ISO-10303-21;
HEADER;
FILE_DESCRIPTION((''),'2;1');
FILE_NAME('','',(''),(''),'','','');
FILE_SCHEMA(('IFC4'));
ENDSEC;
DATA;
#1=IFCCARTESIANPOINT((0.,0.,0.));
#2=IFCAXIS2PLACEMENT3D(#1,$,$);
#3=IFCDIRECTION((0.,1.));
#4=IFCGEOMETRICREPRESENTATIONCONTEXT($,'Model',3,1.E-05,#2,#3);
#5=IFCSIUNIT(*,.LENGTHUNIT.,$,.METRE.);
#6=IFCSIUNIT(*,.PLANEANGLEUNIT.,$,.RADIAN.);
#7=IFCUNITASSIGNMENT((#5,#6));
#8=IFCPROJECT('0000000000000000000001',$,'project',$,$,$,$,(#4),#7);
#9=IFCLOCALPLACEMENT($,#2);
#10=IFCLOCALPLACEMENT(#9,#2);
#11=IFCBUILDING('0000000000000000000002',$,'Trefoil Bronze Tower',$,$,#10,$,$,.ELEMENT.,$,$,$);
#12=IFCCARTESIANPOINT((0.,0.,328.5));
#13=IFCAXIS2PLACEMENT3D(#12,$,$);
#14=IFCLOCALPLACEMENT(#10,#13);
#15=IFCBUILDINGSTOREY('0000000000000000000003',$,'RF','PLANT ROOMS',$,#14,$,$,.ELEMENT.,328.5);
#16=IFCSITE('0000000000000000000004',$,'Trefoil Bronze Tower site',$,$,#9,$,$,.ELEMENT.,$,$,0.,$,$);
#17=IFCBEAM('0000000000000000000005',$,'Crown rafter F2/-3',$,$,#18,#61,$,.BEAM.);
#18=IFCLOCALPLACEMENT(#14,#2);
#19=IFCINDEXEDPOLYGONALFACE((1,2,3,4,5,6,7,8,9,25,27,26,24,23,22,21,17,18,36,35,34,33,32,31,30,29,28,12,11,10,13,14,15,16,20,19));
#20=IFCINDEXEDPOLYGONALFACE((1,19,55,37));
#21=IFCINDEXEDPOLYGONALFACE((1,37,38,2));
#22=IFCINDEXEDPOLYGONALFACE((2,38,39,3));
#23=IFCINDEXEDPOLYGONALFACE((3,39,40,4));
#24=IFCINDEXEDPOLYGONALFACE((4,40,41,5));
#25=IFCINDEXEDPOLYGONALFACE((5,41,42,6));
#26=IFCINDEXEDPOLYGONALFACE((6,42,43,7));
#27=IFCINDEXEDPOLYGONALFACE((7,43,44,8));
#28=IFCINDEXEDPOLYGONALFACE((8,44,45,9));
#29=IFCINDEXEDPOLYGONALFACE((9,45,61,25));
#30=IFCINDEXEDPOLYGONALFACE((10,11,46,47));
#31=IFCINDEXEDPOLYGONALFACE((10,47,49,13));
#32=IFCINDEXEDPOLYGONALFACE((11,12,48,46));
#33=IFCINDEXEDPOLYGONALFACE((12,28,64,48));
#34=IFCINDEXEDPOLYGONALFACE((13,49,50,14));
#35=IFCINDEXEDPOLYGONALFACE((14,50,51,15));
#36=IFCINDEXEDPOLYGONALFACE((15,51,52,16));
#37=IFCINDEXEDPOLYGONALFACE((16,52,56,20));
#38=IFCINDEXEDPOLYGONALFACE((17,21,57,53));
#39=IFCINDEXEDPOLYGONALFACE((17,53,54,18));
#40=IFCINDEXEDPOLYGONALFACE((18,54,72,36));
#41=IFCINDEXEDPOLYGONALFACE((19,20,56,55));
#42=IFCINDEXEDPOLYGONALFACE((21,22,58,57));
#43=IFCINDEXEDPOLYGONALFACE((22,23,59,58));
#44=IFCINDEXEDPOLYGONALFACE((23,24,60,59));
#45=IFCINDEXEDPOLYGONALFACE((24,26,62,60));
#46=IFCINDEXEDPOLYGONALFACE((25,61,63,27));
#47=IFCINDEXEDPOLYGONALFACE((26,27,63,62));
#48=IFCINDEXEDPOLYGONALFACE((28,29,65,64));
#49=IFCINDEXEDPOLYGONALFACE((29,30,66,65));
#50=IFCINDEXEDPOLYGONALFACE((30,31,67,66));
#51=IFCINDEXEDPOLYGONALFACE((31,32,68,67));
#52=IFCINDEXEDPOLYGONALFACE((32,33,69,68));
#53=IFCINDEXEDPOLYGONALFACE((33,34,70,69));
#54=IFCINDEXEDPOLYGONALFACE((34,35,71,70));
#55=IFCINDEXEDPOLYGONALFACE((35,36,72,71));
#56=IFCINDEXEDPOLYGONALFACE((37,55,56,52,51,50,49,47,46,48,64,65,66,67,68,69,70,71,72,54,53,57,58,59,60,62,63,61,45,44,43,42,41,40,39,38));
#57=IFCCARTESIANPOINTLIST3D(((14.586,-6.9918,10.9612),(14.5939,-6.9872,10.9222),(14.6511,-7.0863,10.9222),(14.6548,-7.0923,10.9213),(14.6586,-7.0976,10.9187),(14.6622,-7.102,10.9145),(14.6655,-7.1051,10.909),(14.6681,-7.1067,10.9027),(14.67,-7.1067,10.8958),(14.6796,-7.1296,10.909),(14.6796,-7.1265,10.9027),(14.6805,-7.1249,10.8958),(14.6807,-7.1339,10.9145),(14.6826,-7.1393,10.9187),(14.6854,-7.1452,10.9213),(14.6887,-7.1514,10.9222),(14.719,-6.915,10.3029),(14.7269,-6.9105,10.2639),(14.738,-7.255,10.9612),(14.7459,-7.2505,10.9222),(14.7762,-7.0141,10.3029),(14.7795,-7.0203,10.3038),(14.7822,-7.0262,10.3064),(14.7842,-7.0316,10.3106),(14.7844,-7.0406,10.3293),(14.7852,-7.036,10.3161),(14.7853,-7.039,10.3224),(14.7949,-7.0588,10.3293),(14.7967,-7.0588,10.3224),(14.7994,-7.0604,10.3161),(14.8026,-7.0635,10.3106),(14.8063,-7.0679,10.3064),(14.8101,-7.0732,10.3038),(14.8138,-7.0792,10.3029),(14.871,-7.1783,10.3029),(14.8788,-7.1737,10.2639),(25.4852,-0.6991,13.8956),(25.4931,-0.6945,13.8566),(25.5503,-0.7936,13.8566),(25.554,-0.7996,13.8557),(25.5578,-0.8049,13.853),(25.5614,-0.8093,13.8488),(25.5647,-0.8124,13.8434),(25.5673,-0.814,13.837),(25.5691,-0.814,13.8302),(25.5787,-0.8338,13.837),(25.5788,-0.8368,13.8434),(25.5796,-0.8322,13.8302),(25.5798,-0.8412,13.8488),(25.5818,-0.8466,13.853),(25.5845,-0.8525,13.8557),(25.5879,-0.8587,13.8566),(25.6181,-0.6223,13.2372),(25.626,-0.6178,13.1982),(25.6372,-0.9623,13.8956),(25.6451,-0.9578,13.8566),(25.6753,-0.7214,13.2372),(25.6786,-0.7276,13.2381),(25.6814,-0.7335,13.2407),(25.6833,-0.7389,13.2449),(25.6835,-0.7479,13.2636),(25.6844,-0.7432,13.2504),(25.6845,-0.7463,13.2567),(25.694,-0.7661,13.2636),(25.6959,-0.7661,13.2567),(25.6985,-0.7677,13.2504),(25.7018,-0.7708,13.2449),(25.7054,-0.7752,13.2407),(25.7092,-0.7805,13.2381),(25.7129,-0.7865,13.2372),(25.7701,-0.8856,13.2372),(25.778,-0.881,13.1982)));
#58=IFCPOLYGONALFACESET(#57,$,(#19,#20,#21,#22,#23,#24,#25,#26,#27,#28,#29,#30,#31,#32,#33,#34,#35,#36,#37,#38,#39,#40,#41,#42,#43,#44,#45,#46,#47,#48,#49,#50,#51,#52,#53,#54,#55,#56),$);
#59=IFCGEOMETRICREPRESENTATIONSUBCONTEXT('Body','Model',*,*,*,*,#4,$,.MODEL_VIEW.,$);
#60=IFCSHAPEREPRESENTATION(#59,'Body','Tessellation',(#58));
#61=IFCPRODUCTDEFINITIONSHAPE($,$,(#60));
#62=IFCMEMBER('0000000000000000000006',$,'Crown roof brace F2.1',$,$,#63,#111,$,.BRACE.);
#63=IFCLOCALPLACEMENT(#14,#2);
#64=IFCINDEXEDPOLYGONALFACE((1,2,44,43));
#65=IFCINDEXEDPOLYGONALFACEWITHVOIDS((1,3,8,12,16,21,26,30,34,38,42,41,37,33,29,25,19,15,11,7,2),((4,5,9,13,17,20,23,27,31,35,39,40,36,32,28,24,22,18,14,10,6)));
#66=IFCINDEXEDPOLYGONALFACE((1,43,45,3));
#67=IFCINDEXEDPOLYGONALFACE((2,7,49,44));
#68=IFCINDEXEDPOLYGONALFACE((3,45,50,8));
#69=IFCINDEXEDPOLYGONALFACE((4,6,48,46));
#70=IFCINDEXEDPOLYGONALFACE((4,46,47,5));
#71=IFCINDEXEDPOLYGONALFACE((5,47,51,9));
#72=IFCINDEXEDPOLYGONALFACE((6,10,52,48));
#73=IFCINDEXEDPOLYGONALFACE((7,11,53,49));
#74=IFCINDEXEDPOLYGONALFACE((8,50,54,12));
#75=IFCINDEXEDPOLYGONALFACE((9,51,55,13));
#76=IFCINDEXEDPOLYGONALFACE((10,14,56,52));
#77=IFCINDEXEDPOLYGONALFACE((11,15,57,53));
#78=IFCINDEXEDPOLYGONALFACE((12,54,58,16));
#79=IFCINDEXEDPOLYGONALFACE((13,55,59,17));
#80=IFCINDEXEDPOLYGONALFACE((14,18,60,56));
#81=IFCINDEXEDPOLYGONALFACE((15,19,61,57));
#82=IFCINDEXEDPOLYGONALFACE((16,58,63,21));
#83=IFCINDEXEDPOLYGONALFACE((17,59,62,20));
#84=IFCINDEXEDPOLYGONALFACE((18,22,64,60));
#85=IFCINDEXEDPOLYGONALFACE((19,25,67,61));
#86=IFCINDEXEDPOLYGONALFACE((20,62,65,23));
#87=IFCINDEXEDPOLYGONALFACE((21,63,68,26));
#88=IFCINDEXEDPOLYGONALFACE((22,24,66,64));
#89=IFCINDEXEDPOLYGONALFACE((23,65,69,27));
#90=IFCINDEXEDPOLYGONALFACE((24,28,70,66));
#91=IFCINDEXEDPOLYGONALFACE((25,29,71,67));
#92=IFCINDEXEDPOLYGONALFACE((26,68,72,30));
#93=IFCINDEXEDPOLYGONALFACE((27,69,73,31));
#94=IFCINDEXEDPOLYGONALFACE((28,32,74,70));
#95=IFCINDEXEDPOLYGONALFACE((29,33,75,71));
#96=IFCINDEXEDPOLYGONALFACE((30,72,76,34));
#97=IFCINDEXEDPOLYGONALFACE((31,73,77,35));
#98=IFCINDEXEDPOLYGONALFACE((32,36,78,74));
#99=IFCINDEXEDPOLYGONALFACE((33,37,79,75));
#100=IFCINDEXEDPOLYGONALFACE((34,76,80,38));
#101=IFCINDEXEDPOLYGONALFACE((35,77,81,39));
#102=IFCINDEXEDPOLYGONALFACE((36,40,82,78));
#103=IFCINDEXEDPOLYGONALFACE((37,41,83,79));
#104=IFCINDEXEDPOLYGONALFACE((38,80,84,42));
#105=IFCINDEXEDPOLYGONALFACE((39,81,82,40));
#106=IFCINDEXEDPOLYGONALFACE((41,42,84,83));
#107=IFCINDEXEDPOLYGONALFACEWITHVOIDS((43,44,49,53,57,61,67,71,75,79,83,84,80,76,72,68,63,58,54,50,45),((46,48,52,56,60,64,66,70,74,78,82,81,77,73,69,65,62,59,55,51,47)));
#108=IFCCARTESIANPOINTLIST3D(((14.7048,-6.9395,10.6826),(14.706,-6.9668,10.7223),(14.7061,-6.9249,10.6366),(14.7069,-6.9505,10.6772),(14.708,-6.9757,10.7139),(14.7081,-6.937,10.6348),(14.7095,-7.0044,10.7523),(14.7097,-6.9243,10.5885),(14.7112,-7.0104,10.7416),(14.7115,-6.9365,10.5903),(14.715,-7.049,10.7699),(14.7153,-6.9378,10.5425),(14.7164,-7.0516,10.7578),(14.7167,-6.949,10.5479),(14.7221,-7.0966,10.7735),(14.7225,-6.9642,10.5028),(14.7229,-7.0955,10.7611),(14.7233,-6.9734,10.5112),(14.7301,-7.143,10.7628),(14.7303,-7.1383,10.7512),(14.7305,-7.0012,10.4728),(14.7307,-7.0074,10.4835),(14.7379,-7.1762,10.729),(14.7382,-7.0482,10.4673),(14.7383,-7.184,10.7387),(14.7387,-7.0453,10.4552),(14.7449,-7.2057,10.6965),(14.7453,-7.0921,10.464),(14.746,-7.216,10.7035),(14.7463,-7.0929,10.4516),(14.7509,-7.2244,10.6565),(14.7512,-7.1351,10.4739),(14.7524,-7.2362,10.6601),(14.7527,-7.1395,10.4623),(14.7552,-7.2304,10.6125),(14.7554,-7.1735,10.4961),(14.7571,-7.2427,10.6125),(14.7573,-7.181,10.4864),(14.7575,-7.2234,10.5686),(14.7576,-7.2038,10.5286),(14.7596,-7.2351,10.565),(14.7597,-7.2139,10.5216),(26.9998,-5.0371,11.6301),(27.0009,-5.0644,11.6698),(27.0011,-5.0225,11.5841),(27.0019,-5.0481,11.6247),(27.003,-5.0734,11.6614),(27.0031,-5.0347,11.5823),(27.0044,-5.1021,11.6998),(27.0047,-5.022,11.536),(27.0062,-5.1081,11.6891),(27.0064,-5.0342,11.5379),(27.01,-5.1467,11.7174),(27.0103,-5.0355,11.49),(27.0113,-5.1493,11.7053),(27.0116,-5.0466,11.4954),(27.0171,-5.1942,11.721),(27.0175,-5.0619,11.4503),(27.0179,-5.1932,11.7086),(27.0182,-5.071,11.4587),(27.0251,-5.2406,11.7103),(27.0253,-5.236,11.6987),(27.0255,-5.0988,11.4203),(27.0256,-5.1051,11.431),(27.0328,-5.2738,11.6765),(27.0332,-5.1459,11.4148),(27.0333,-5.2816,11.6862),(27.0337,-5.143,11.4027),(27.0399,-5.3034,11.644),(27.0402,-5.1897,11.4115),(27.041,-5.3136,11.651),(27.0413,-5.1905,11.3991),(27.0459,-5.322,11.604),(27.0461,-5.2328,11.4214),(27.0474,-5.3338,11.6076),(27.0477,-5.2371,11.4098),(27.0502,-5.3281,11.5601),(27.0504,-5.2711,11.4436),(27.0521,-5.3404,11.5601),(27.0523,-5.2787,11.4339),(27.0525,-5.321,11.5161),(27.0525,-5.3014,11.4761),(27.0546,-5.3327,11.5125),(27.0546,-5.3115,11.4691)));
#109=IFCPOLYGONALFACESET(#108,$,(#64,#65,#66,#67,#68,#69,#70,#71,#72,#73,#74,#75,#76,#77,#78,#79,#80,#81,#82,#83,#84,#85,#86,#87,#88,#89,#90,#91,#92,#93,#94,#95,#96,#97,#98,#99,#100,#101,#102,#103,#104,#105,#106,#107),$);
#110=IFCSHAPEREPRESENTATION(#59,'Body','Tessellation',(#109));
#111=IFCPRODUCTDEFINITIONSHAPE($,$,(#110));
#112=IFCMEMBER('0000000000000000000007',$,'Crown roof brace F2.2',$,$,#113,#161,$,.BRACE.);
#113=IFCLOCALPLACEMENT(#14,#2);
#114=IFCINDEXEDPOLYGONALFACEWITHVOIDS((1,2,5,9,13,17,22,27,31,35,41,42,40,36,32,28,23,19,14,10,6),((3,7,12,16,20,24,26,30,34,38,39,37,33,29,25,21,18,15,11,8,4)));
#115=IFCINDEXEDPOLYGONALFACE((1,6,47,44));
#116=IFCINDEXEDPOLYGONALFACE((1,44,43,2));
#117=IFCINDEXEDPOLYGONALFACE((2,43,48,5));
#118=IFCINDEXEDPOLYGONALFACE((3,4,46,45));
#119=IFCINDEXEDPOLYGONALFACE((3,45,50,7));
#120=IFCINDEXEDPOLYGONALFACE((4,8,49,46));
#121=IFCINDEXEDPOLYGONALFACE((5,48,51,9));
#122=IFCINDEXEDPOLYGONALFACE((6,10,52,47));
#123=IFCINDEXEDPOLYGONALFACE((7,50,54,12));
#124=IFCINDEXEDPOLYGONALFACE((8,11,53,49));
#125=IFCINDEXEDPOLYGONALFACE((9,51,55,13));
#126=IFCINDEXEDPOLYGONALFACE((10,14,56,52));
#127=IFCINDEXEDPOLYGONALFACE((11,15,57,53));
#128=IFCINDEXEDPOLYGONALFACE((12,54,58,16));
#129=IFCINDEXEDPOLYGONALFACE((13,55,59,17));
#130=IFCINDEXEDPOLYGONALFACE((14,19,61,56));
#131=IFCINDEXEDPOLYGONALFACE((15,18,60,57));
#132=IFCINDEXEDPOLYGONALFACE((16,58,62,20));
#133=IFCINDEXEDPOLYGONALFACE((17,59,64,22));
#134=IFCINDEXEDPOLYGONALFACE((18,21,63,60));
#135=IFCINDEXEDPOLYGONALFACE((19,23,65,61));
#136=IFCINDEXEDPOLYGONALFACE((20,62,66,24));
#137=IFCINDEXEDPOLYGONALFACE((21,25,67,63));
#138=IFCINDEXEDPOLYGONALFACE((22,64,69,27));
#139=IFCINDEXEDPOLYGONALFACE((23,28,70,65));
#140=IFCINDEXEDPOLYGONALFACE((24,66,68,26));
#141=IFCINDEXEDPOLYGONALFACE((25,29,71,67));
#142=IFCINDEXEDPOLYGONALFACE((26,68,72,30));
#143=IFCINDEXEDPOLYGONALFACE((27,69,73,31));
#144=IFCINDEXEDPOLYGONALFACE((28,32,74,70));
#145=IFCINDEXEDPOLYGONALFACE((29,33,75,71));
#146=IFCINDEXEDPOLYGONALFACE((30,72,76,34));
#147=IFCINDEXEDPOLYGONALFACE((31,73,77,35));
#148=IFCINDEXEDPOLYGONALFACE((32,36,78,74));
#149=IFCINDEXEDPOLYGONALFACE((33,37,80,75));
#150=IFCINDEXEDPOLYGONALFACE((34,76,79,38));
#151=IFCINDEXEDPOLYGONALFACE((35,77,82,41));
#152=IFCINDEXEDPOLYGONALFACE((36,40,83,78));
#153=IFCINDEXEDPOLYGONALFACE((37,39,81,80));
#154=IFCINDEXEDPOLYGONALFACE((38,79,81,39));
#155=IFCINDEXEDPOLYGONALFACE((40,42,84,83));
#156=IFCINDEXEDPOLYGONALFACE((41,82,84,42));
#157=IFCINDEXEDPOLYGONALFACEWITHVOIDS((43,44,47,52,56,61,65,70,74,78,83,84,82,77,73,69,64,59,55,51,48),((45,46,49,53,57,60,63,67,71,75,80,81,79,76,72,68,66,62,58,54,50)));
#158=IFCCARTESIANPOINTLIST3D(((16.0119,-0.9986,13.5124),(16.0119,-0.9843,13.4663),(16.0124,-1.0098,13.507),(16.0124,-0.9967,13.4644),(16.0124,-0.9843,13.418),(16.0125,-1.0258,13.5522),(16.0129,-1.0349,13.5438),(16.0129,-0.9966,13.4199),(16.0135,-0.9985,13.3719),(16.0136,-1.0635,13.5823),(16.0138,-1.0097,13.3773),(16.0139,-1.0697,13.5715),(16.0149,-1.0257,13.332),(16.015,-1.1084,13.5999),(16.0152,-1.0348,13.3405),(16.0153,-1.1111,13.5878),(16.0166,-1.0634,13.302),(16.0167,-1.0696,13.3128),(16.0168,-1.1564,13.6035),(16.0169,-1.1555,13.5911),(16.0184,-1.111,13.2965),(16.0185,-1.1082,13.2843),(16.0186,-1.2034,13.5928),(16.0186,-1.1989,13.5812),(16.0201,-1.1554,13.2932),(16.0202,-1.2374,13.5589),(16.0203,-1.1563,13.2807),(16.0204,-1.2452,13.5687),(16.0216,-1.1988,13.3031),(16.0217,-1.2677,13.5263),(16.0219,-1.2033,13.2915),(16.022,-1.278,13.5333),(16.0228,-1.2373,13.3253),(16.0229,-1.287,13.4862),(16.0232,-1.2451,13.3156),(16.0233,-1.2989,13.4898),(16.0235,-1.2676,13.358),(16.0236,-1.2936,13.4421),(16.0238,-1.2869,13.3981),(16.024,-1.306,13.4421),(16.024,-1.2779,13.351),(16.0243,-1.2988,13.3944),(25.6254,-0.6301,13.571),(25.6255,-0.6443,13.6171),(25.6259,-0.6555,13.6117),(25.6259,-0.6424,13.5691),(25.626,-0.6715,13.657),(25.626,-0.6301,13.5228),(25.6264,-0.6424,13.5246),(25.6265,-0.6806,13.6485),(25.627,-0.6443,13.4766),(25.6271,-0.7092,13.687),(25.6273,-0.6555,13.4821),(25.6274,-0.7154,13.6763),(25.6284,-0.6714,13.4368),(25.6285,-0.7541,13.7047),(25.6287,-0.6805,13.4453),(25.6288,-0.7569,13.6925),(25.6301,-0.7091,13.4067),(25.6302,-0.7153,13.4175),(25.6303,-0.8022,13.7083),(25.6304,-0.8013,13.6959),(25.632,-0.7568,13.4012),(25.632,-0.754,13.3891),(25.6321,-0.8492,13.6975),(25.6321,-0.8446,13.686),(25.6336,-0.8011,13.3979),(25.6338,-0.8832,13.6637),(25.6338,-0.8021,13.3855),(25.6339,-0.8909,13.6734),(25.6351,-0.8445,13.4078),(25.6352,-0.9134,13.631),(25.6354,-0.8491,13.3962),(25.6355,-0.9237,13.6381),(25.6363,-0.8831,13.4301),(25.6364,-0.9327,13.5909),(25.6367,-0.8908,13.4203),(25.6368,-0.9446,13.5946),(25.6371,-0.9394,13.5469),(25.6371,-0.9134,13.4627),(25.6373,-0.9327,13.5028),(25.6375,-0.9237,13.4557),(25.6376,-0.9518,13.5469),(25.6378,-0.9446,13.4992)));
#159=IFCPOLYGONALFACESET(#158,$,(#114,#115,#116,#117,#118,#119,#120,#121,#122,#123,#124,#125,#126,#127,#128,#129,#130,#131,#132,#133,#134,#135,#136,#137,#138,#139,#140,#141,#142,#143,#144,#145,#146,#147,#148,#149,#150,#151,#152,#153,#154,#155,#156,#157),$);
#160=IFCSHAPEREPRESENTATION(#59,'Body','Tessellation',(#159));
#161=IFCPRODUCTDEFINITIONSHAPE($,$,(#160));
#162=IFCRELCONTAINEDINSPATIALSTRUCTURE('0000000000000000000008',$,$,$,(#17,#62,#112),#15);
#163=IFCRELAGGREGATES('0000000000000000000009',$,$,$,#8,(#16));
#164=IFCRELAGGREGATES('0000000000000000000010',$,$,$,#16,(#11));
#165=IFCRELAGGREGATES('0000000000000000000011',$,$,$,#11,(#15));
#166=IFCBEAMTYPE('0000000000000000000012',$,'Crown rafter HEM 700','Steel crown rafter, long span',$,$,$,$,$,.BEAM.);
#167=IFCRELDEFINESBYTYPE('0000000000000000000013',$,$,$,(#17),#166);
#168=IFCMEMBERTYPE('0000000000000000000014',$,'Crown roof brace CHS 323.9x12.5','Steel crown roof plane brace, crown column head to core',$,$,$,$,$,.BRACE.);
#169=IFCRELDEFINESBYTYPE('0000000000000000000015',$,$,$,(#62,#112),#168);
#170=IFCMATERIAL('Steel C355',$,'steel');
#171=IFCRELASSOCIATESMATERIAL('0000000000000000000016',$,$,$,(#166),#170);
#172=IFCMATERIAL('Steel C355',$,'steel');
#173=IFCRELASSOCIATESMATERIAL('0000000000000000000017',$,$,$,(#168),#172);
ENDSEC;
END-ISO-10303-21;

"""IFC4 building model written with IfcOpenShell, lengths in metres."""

from ifc_helpers import new_model, si_unit, direction, frame, origin, origin_2d, place, context, subcontext, project, spatial, hollow_circle, i_section, extrude, material, material_profile, profile_set, type_object, element, save


model = new_model("IFC4")

# Units and contexts
model_context = context("Model", 3, precision=1e-05, world=origin(), true_north=direction((0.0, 1.0)))
body_context = subcontext(model_context, "Body", "Model", "MODEL_VIEW")
ifc_project = project(units=[si_unit("LENGTHUNIT", "METRE"), si_unit("PLANEANGLEUNIT", "RADIAN")], contexts=[model_context])

# Site, building, storey
site_placement = place(None, origin())
site = spatial("IfcSite", under=ifc_project, at=site_placement, Name="Trefoil Bronze Tower site", CompositionType="ELEMENT", RefElevation=0.0)
building_placement = place(site_placement, origin())
building = spatial("IfcBuilding", under=site, at=building_placement, Name="Trefoil Bronze Tower", CompositionType="ELEMENT")
storey_placement = place(building_placement, frame((0.0, 0.0, 328.5)))
storey = spatial("IfcBuildingStorey", under=building, at=storey_placement, Name="RF", Description="PLANT ROOMS", CompositionType="ELEMENT", Elevation=328.5)

# Beam
ifc_material_1 = material(Name="Steel C355", Category="steel")
ifc_material_profile_1 = material_profile(ifc_material_1, i_section(OverallWidth=0.304, OverallDepth=0.7161, WebThickness=0.021, FlangeThickness=0.04, FilletRadius=0.0271, at=origin_2d()), Name="HEM 700")
ifc_profile_set_1 = profile_set([ifc_material_profile_1], Name="Steel C355")
beam_type_1 = type_object("IfcBeamType", Name="Crown rafter HEM 700", Description="Steel crown rafter, long span", PredefinedType="BEAM", material=ifc_profile_set_1)
beam_1_placement = place(storey_placement, frame((25.6316, -0.79, 13.5469), z_axis=(-0.843402, -0.486945, -0.227065), x_axis=(0.500005, -0.866022, 0.0)))
element("IfcBeam", 1, at=beam_1_placement, inside=storey, type_object=beam_type_1, Name="Crown rafter F2/-3", PredefinedType="BEAM", context=body_context, shape_type="SweptSolid", body=[
    extrude(i_section(OverallWidth=0.304, OverallDepth=0.7161, WebThickness=0.021, FlangeThickness=0.04, FilletRadius=0.0271, at=origin_2d()), origin(), (0.0, 0.0, 1.0), 12.9229),
])

# Members
ifc_material_2 = material(Name="Steel C355", Category="steel")
ifc_material_profile_2 = material_profile(ifc_material_2, hollow_circle(Radius=0.1619, WallThickness=0.0125, at=origin_2d()), Name="CHS 323.9x12.5")
ifc_profile_set_2 = profile_set([ifc_material_profile_2], Name="Steel C355")
member_type = type_object("IfcMemberType", Name="Crown roof brace CHS 323.9x12.5", Description="Steel crown roof plane brace, crown column head to core", PredefinedType="BRACE", material=ifc_profile_set_2)
member_1_placement = place(storey_placement, frame((27.0273, -5.1804, 11.5601), z_axis=(-0.985387, -0.152465, -0.075939), x_axis=(0.152906, -0.988241, 0.0)))
element("IfcMember", 2, at=member_1_placement, inside=storey, type_object=member_type, Name="Crown roof brace F2.1", PredefinedType="BRACE", context=body_context, shape_type="SweptSolid", body=[
    extrude(hollow_circle(Radius=0.1619, WallThickness=0.0125, at=origin_2d()), origin(), (0.0, 0.0, 1.0), 12.4773),
])
member_2_placement = place(storey_placement, frame((25.6316, -0.79, 13.5469), z_axis=(-0.999263, -0.036822, -0.010887), x_axis=(0.036824, -0.999322, 0.0)))
element("IfcMember", 3, at=member_2_placement, inside=storey, type_object=member_type, Name="Crown roof brace F2.2", PredefinedType="BRACE", context=body_context, shape_type="SweptSolid", body=[
    extrude(hollow_circle(Radius=0.1619, WallThickness=0.0125, at=origin_2d()), origin(), (0.0, 0.0, 1.0), 9.6206),
])

save(model, "model.ifc")
